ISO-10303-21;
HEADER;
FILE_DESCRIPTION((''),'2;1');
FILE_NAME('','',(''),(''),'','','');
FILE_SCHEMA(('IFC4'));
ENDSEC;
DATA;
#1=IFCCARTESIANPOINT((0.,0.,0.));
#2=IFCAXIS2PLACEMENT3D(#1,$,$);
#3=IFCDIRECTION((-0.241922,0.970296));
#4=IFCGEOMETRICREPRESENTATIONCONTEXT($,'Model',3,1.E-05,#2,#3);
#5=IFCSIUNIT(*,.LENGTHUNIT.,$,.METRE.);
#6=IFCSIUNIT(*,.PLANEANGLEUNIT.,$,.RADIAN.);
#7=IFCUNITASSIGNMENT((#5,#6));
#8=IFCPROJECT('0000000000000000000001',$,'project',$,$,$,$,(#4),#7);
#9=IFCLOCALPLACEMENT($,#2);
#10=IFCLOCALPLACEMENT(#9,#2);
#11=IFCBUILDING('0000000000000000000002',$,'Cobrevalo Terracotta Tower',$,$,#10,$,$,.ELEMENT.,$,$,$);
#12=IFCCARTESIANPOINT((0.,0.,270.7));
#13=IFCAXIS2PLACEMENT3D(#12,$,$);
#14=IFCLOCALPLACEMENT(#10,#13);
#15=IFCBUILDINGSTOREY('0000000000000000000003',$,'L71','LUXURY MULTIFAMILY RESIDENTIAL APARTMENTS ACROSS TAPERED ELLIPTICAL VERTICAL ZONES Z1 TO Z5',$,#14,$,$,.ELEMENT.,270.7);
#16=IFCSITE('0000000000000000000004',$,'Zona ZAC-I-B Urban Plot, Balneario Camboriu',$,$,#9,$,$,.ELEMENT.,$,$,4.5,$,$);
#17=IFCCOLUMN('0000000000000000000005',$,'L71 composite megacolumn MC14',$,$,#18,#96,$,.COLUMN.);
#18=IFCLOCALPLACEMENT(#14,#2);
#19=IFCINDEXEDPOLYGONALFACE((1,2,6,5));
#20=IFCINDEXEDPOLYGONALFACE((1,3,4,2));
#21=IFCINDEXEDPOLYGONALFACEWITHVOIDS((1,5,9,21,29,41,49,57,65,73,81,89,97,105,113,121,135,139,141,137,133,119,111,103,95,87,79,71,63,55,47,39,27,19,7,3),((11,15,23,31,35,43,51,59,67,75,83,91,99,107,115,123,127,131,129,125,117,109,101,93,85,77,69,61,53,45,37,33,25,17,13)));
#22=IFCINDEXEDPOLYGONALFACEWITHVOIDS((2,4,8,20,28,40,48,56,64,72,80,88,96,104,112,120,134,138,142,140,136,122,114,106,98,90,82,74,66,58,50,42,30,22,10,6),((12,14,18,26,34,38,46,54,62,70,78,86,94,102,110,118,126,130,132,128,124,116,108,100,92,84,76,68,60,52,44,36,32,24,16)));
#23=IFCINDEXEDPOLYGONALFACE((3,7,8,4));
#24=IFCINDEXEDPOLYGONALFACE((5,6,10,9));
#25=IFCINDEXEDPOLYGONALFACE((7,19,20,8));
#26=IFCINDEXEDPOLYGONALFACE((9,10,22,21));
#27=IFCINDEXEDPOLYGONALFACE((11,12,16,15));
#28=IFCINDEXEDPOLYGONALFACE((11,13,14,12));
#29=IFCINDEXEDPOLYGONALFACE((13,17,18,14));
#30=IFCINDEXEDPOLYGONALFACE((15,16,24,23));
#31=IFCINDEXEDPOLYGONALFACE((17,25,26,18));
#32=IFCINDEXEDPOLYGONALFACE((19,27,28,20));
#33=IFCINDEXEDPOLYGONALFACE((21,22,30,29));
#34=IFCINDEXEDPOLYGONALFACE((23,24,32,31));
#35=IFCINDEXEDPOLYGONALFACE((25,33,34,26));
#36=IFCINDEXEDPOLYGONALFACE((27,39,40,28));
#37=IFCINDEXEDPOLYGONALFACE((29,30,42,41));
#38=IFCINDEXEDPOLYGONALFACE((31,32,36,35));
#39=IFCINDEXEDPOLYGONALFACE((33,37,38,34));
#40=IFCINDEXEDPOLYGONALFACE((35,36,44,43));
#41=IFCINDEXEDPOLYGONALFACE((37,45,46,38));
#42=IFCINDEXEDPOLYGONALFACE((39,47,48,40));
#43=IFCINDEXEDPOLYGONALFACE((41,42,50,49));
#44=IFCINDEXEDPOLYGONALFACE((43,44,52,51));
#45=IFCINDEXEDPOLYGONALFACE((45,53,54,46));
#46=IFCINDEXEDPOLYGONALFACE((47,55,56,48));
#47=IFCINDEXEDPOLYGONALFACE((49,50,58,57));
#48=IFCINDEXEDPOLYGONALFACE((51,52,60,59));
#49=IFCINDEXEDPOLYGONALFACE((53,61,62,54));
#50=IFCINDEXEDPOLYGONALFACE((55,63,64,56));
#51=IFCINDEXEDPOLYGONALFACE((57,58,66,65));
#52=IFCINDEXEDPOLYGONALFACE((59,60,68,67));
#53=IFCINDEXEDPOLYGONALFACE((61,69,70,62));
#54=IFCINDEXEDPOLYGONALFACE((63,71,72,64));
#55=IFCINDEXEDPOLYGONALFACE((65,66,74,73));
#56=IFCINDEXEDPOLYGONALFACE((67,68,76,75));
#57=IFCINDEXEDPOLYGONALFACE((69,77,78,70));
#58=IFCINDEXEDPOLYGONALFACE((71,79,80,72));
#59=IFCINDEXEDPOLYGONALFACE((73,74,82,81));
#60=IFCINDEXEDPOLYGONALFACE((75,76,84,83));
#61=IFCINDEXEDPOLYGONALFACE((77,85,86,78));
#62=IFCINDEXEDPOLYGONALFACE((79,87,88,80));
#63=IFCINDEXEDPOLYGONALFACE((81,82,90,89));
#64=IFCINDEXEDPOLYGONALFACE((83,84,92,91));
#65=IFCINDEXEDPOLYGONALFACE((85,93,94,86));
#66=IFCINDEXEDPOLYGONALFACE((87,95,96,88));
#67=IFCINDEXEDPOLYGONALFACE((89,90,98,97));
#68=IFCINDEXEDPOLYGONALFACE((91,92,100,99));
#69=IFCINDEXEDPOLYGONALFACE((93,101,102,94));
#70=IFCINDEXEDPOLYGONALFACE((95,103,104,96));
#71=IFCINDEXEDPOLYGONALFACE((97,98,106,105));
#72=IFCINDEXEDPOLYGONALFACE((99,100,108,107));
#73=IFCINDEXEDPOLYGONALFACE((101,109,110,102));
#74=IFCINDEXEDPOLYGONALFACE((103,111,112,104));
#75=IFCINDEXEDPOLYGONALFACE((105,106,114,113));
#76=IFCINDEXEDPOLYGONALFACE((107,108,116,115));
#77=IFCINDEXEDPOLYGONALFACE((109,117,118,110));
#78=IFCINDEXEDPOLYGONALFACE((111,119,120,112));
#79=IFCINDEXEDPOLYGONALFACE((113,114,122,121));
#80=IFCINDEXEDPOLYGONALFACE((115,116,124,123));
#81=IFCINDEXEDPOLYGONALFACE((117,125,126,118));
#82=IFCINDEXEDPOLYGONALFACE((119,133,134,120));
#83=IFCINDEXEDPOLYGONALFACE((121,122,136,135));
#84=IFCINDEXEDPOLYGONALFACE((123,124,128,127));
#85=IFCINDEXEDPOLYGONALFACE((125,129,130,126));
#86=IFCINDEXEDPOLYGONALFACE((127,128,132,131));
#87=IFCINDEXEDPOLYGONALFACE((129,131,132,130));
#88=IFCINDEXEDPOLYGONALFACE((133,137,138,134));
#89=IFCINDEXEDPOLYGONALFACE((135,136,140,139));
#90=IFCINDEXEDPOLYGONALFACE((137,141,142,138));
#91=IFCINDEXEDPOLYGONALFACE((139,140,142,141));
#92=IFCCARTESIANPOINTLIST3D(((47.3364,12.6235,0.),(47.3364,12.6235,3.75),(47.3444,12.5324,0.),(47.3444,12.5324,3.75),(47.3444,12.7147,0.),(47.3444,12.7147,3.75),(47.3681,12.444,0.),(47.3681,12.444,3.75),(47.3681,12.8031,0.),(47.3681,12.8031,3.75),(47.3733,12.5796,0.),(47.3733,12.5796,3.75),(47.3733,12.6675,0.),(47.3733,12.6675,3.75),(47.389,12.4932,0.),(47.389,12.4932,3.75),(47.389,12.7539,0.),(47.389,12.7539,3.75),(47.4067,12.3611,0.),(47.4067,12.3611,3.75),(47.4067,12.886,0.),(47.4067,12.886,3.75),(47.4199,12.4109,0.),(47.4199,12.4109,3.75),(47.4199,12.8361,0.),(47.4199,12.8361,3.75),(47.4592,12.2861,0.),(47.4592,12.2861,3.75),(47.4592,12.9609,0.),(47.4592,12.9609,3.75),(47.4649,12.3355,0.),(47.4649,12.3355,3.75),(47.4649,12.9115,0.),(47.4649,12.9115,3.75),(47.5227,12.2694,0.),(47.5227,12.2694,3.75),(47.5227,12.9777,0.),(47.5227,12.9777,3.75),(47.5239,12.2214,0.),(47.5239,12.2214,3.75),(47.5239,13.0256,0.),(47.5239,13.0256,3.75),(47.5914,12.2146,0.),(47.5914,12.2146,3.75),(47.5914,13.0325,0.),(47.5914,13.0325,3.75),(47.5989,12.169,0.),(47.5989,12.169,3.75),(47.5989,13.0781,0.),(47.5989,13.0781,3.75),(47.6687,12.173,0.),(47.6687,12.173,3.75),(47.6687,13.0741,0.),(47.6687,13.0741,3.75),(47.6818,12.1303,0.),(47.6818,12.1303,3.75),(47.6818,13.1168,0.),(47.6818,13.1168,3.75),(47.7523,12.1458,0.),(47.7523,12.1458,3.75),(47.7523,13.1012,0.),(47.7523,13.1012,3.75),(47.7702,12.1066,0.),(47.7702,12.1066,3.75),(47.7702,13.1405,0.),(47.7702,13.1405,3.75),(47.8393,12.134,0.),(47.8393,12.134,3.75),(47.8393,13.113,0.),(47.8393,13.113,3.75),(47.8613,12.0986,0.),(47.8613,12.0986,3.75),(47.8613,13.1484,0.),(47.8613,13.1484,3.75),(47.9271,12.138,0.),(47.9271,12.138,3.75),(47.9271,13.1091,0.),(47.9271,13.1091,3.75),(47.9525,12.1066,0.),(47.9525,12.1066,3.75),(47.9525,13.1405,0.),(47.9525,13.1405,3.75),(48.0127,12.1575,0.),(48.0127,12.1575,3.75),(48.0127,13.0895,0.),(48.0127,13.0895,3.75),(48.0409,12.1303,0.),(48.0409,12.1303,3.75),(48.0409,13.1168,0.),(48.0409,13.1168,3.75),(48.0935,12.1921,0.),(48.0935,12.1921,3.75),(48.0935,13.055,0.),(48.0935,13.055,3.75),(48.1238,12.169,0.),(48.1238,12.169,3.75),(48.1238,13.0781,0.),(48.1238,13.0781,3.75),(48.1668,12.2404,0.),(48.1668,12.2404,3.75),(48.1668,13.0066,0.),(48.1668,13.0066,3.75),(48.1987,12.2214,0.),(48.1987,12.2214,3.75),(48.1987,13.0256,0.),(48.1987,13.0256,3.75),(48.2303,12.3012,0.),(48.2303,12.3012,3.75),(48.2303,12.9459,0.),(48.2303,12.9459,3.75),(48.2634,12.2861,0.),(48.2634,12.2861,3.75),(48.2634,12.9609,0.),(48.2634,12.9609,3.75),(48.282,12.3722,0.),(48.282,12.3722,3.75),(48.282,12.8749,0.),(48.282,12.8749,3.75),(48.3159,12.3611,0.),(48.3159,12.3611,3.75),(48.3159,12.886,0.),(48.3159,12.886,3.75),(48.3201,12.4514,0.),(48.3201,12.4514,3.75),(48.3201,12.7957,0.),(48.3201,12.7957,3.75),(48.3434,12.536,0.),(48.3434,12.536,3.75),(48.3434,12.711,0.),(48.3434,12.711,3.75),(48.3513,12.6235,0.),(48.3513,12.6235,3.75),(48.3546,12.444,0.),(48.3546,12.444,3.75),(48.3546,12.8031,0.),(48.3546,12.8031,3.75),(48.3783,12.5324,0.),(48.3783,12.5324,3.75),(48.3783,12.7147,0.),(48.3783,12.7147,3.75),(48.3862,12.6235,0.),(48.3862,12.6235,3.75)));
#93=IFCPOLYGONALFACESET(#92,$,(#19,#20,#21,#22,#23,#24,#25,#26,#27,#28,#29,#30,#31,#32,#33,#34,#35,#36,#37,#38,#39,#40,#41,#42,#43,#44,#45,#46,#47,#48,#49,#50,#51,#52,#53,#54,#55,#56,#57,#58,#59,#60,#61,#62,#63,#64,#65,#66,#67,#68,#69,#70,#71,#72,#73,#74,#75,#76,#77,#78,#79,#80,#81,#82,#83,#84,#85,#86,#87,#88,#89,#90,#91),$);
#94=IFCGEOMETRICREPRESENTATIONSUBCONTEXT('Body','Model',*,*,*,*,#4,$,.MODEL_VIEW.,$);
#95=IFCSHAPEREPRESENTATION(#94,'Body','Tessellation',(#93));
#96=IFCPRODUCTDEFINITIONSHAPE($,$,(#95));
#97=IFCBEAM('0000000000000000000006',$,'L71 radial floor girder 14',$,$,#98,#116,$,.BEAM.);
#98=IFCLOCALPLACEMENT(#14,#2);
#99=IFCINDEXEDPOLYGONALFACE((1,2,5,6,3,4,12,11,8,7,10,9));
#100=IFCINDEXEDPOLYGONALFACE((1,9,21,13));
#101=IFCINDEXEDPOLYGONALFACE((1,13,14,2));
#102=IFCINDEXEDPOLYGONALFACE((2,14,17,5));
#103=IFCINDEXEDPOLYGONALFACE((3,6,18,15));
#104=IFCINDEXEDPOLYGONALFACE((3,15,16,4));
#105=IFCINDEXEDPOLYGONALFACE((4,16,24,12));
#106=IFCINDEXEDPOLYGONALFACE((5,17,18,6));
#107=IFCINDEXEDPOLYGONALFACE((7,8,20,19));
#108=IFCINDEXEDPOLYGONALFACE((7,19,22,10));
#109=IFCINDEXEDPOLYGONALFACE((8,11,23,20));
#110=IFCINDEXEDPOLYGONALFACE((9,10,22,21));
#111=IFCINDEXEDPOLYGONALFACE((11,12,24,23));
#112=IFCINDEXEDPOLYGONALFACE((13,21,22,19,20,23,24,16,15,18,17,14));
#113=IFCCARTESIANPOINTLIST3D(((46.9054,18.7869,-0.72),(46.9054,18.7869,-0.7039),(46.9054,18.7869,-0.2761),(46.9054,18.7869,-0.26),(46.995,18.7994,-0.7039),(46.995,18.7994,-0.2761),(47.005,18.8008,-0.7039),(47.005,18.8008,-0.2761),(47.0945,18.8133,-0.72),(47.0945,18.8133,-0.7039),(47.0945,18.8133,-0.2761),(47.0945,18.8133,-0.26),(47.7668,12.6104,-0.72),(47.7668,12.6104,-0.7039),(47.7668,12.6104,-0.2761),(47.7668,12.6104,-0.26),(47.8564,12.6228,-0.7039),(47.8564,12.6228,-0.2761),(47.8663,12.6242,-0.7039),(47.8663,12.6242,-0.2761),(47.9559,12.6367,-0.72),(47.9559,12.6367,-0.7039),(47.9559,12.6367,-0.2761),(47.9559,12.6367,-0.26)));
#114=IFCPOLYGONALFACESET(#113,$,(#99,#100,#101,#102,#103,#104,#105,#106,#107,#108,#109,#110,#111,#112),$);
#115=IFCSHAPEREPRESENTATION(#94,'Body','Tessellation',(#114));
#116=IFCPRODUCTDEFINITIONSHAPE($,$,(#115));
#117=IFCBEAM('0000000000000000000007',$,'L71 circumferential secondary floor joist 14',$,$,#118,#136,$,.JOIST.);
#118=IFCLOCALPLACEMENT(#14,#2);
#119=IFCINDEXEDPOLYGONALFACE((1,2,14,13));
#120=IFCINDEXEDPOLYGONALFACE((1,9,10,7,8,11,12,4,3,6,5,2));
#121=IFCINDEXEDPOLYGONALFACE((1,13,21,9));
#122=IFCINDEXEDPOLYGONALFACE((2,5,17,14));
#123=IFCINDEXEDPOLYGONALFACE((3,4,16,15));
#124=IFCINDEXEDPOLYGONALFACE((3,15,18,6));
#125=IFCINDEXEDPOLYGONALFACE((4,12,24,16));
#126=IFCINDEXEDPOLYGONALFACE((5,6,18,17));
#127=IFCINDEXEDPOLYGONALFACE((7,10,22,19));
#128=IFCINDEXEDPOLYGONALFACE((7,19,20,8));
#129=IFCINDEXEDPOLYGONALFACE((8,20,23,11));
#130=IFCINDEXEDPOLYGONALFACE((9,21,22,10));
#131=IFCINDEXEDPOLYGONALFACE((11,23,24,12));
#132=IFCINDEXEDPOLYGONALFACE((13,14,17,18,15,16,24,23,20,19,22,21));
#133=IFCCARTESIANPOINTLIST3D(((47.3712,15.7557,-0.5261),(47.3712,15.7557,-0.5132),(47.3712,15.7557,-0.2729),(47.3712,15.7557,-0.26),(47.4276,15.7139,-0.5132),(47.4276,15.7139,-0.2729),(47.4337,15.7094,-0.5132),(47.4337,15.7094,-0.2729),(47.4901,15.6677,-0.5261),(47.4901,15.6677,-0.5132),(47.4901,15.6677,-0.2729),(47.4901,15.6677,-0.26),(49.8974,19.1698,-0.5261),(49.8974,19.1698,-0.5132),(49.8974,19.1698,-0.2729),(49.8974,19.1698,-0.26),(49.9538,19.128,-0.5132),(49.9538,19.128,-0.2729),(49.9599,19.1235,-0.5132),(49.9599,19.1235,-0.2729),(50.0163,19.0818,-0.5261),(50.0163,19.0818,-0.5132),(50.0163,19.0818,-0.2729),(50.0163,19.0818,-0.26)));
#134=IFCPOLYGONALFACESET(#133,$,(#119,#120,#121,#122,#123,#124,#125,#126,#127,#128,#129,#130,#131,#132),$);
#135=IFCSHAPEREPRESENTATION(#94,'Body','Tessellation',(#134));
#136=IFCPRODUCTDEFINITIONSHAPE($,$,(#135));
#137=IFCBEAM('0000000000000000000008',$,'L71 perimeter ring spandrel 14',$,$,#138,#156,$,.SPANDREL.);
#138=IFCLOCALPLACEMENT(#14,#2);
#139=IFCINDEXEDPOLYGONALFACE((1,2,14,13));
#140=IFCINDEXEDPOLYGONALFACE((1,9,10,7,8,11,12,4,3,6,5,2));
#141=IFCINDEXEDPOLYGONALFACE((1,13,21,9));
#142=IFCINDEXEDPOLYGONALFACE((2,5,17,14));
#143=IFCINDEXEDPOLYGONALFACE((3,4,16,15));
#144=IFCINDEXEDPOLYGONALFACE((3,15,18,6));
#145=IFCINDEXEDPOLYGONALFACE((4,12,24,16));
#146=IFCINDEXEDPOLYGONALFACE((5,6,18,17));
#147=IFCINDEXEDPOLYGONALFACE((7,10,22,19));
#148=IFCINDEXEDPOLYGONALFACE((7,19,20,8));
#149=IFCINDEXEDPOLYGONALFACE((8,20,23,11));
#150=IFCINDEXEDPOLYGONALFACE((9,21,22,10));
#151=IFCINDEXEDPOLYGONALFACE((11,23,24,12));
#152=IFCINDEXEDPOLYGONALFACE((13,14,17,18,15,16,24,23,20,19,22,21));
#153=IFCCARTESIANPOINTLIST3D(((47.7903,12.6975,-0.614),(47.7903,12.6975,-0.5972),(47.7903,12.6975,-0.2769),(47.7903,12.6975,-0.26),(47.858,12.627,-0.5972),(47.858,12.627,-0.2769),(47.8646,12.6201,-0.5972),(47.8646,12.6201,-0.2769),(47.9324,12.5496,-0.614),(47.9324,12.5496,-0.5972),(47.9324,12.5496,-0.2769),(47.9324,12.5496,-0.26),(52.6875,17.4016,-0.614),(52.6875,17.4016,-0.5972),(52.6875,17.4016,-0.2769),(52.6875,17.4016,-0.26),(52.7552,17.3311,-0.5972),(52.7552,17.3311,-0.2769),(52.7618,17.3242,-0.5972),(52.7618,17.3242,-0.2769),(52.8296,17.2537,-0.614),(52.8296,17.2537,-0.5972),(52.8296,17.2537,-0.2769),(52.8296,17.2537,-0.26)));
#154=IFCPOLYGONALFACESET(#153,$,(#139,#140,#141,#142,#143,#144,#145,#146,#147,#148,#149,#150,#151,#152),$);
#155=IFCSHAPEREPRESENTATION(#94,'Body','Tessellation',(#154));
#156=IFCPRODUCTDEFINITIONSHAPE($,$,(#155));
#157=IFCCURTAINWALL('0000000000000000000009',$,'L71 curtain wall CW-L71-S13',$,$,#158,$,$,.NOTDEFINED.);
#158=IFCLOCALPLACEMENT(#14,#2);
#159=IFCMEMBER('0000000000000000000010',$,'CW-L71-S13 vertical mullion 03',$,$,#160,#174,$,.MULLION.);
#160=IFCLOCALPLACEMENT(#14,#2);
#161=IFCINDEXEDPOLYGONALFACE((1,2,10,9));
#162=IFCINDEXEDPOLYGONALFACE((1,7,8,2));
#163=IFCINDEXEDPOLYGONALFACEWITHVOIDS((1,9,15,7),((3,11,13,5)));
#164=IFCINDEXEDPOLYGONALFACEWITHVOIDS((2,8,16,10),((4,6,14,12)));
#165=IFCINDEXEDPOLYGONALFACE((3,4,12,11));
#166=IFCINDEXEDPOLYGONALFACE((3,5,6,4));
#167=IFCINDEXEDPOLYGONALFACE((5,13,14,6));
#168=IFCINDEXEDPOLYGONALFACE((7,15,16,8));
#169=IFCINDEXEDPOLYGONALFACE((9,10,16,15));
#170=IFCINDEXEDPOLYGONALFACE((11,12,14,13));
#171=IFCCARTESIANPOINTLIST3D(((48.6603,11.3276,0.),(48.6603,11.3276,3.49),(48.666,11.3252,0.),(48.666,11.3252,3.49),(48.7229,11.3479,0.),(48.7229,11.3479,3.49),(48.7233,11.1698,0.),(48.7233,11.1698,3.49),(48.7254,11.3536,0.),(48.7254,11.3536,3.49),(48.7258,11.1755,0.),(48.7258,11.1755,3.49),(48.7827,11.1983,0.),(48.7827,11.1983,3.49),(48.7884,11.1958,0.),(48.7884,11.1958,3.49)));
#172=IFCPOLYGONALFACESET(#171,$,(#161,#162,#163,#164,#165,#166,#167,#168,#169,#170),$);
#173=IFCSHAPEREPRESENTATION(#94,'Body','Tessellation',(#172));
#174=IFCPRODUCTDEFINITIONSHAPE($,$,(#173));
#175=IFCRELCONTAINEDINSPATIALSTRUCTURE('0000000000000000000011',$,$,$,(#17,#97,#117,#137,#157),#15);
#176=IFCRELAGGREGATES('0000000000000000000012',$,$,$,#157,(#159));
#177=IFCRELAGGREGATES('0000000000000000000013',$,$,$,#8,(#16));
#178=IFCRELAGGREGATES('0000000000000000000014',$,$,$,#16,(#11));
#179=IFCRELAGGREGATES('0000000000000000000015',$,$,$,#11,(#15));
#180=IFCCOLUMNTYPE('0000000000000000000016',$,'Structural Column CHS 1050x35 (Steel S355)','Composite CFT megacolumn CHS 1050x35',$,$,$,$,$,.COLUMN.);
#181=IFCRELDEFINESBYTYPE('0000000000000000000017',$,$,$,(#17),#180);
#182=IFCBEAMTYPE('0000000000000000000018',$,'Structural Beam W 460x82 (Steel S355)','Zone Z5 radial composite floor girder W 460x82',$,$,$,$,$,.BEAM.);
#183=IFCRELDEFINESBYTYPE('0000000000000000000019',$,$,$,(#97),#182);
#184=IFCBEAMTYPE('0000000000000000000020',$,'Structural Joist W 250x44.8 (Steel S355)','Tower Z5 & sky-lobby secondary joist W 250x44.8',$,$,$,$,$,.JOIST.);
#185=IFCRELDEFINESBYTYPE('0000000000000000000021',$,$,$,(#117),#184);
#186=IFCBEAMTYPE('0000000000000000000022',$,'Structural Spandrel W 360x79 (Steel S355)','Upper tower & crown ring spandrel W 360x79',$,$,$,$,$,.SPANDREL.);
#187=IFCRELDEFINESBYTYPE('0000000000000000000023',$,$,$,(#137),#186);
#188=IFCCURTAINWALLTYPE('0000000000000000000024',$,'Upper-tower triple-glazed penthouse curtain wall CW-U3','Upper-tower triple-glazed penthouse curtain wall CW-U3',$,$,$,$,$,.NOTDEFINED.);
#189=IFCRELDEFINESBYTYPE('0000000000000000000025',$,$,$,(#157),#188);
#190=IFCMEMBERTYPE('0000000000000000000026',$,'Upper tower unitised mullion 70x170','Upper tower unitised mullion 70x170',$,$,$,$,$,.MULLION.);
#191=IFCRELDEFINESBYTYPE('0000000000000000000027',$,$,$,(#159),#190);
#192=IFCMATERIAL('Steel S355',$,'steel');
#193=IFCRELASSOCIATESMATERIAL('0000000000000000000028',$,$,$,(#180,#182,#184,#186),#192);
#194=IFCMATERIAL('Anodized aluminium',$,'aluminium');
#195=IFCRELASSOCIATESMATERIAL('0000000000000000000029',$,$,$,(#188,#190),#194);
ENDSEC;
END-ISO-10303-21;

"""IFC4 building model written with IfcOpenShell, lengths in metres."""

from ifc_helpers import new_model, si_unit, direction, frame, origin, origin_2d, place, context, subcontext, project, spatial, hollow_rectangle, hollow_circle, i_section, extrude, source, transform, mapped, material, material_profile, profile_set, type_object, element, aggregate, save


model = new_model("IFC4")

# Units and contexts
model_context = context("Model", 3, precision=1e-05, world=origin(), true_north=direction((-0.241922, 0.970296)))
body_context = subcontext(model_context, "Body", "Model", "MODEL_VIEW")
ifc_project = project(units=[si_unit("LENGTHUNIT", "METRE"), si_unit("PLANEANGLEUNIT", "RADIAN")], contexts=[model_context])

# Site, building, storey
site_placement = place(None, origin())
site = spatial("IfcSite", under=ifc_project, at=site_placement, Name="Zona ZAC-I-B Urban Plot, Balneario Camboriu", CompositionType="ELEMENT", RefElevation=4.5)
building_placement = place(site_placement, origin())
building = spatial("IfcBuilding", under=site, at=building_placement, Name="Cobrevalo Terracotta Tower", CompositionType="ELEMENT")
storey_placement = place(building_placement, frame((0.0, 0.0, 270.7)))
storey = spatial("IfcBuildingStorey", under=building, at=storey_placement, Name="L71", Description="LUXURY MULTIFAMILY RESIDENTIAL APARTMENTS ACROSS TAPERED ELLIPTICAL VERTICAL ZONES Z1 TO Z5", CompositionType="ELEMENT", Elevation=270.7)

# Column
ifc_material_1 = material(Name="Steel S355", Category="steel")
ifc_material_profile_1 = material_profile(ifc_material_1, hollow_circle(Radius=0.5249, WallThickness=0.0349, at=origin_2d()), Name="CHS 1050x35")
ifc_profile_set_1 = profile_set([ifc_material_profile_1], Name="Steel S355")
column_type = type_object("IfcColumnType", Name="Structural Column CHS 1050x35 (Steel S355)", Description="Composite CFT megacolumn CHS 1050x35", PredefinedType="COLUMN", material=ifc_profile_set_1)
column_placement = place(storey_placement, frame((47.8613, 12.6235, 0.0), z_axis=(0.0, 0.0, 1.0), x_axis=(1.0, 0.0, 0.0)))
element("IfcColumn", 1, at=column_placement, inside=storey, type_object=column_type, Name="L71 composite megacolumn MC14", PredefinedType="COLUMN", context=body_context, shape_type="SweptSolid", body=[
    extrude(hollow_circle(Radius=0.5249, WallThickness=0.0349, at=origin_2d()), origin(), (0.0, 0.0, 1.0), 3.75),
])

# Beams
ifc_material_profile_2 = material_profile(ifc_material_1, i_section(OverallWidth=0.1909, OverallDepth=0.46, WebThickness=0.01, FlangeThickness=0.0161, at=origin_2d()), Name="W 460x82")
ifc_profile_set_2 = profile_set([ifc_material_profile_2], Name="Steel S355")
beam_type_1 = type_object("IfcBeamType", Name="Structural Beam W 460x82 (Steel S355)", Description="Zone Z5 radial composite floor girder W 460x82", PredefinedType="BEAM", material=ifc_profile_set_2)
beam_1_placement = place(storey_placement, frame((47.8613, 12.6235, -0.49), z_axis=(-0.138116, 0.990416, 0.0), x_axis=(-0.990416, -0.138116, 0.0)))
element("IfcBeam", 2, at=beam_1_placement, inside=storey, type_object=beam_type_1, Name="L71 radial floor girder 14", PredefinedType="BEAM", context=body_context, shape_type="SweptSolid", body=[
    extrude(i_section(OverallWidth=0.1909, OverallDepth=0.46, WebThickness=0.01, FlangeThickness=0.0161, at=origin_2d()), origin(), (0.0, 0.0, 1.0), 6.2363),
])
ifc_material_profile_3 = material_profile(ifc_material_1, i_section(OverallWidth=0.1479, OverallDepth=0.2661, WebThickness=0.0076, FlangeThickness=0.0129, at=origin_2d()), Name="W 250x44.8")
ifc_profile_set_3 = profile_set([ifc_material_profile_3], Name="Steel S355")
beam_type_2 = type_object("IfcBeamType", Name="Structural Joist W 250x44.8 (Steel S355)", Description="Tower Z5 & sky-lobby secondary joist W 250x44.8", PredefinedType="JOIST", material=ifc_profile_set_3)
beam_2_placement = place(storey_placement, frame((47.4307, 15.7117, -0.3931), z_axis=(0.5948, 0.803874, 0.0), x_axis=(-0.803874, 0.5948, 0.0)))
element("IfcBeam", 3, at=beam_2_placement, inside=storey, type_object=beam_type_2, Name="L71 circumferential secondary floor joist 14", PredefinedType="JOIST", context=body_context, shape_type="SweptSolid", body=[
    extrude(i_section(OverallWidth=0.1479, OverallDepth=0.2661, WebThickness=0.0076, FlangeThickness=0.0129, at=origin_2d()), origin(), (0.0, 0.0, 1.0), 4.2471),
])
ifc_material_profile_4 = material_profile(ifc_material_1, i_section(OverallWidth=0.2051, OverallDepth=0.354, WebThickness=0.0095, FlangeThickness=0.0168, at=origin_2d()), Name="W 360x79")
ifc_profile_set_4 = profile_set([ifc_material_profile_4], Name="Steel S355")
beam_type_3 = type_object("IfcBeamType", Name="Structural Spandrel W 360x79 (Steel S355)", Description="Upper tower & crown ring spandrel W 360x79", PredefinedType="SPANDREL", material=ifc_profile_set_4)
beam_3_placement = place(storey_placement, frame((47.8613, 12.6235, -0.437), z_axis=(0.721183, 0.692744, 0.0), x_axis=(-0.692744, 0.721183, 0.0)))
element("IfcBeam", 4, at=beam_3_placement, inside=storey, type_object=beam_type_3, Name="L71 perimeter ring spandrel 14", PredefinedType="SPANDREL", context=body_context, shape_type="SweptSolid", body=[
    extrude(i_section(OverallWidth=0.2051, OverallDepth=0.354, WebThickness=0.0095, FlangeThickness=0.0168, at=origin_2d()), origin(), (0.0, 0.0, 1.0), 6.7905),
])

# Curtain wall, member
ifc_material_2 = material(Name="Anodized aluminium", Category="aluminium")
curtain_wall_type = type_object("IfcCurtainWallType", Name="Upper-tower triple-glazed penthouse curtain wall CW-U3", Description="Upper-tower triple-glazed penthouse curtain wall CW-U3", PredefinedType="NOTDEFINED", material=ifc_material_2)
curtain_wall_1_placement = place(storey_placement, origin())
curtain_wall_1 = element("IfcCurtainWall", 5, at=curtain_wall_1_placement, inside=storey, type_object=curtain_wall_type, Name="L71 curtain wall CW-L71-S13", PredefinedType="NOTDEFINED")
ifc_material_profile_5 = material_profile(ifc_material_2, hollow_rectangle(XDim=0.0701, YDim=0.1699, WallThickness=0.0044, at=origin_2d()), Name="CWM 70x170")
ifc_profile_set_5 = profile_set([ifc_material_profile_5], Name="Anodized aluminium")
member_type_1 = type_object("IfcMemberType", Name="Upper tower unitised mullion 70x170", Description="Upper tower unitised mullion 70x170", PredefinedType="MULLION", material=ifc_profile_set_5)
shared_shape_1 = source(origin(), body_context, "Body", "SweptSolid", [
    extrude(hollow_rectangle(XDim=0.0701, YDim=0.1699, WallThickness=0.0044, at=origin_2d()), origin(), (0.0, 0.0, 1.0), 3.49),
])
member_1_placement = place(storey_placement, frame((48.7244, 11.2617, 0.0), z_axis=(0.0, 0.0, 1.0), x_axis=(0.928719, 0.370784, 0.0)))
member_1 = element("IfcMember", 6, at=member_1_placement, type_object=member_type_1, Name="CW-L71-S13 vertical mullion 03", PredefinedType="MULLION", context=body_context, shape_type="MappedRepresentation", body=[
    mapped(shared_shape_1, transform((0.0, 0.0, 0.0), scale=1.0)),
])

aggregate(curtain_wall_1, [member_1])

save(model, "model.ifc")
